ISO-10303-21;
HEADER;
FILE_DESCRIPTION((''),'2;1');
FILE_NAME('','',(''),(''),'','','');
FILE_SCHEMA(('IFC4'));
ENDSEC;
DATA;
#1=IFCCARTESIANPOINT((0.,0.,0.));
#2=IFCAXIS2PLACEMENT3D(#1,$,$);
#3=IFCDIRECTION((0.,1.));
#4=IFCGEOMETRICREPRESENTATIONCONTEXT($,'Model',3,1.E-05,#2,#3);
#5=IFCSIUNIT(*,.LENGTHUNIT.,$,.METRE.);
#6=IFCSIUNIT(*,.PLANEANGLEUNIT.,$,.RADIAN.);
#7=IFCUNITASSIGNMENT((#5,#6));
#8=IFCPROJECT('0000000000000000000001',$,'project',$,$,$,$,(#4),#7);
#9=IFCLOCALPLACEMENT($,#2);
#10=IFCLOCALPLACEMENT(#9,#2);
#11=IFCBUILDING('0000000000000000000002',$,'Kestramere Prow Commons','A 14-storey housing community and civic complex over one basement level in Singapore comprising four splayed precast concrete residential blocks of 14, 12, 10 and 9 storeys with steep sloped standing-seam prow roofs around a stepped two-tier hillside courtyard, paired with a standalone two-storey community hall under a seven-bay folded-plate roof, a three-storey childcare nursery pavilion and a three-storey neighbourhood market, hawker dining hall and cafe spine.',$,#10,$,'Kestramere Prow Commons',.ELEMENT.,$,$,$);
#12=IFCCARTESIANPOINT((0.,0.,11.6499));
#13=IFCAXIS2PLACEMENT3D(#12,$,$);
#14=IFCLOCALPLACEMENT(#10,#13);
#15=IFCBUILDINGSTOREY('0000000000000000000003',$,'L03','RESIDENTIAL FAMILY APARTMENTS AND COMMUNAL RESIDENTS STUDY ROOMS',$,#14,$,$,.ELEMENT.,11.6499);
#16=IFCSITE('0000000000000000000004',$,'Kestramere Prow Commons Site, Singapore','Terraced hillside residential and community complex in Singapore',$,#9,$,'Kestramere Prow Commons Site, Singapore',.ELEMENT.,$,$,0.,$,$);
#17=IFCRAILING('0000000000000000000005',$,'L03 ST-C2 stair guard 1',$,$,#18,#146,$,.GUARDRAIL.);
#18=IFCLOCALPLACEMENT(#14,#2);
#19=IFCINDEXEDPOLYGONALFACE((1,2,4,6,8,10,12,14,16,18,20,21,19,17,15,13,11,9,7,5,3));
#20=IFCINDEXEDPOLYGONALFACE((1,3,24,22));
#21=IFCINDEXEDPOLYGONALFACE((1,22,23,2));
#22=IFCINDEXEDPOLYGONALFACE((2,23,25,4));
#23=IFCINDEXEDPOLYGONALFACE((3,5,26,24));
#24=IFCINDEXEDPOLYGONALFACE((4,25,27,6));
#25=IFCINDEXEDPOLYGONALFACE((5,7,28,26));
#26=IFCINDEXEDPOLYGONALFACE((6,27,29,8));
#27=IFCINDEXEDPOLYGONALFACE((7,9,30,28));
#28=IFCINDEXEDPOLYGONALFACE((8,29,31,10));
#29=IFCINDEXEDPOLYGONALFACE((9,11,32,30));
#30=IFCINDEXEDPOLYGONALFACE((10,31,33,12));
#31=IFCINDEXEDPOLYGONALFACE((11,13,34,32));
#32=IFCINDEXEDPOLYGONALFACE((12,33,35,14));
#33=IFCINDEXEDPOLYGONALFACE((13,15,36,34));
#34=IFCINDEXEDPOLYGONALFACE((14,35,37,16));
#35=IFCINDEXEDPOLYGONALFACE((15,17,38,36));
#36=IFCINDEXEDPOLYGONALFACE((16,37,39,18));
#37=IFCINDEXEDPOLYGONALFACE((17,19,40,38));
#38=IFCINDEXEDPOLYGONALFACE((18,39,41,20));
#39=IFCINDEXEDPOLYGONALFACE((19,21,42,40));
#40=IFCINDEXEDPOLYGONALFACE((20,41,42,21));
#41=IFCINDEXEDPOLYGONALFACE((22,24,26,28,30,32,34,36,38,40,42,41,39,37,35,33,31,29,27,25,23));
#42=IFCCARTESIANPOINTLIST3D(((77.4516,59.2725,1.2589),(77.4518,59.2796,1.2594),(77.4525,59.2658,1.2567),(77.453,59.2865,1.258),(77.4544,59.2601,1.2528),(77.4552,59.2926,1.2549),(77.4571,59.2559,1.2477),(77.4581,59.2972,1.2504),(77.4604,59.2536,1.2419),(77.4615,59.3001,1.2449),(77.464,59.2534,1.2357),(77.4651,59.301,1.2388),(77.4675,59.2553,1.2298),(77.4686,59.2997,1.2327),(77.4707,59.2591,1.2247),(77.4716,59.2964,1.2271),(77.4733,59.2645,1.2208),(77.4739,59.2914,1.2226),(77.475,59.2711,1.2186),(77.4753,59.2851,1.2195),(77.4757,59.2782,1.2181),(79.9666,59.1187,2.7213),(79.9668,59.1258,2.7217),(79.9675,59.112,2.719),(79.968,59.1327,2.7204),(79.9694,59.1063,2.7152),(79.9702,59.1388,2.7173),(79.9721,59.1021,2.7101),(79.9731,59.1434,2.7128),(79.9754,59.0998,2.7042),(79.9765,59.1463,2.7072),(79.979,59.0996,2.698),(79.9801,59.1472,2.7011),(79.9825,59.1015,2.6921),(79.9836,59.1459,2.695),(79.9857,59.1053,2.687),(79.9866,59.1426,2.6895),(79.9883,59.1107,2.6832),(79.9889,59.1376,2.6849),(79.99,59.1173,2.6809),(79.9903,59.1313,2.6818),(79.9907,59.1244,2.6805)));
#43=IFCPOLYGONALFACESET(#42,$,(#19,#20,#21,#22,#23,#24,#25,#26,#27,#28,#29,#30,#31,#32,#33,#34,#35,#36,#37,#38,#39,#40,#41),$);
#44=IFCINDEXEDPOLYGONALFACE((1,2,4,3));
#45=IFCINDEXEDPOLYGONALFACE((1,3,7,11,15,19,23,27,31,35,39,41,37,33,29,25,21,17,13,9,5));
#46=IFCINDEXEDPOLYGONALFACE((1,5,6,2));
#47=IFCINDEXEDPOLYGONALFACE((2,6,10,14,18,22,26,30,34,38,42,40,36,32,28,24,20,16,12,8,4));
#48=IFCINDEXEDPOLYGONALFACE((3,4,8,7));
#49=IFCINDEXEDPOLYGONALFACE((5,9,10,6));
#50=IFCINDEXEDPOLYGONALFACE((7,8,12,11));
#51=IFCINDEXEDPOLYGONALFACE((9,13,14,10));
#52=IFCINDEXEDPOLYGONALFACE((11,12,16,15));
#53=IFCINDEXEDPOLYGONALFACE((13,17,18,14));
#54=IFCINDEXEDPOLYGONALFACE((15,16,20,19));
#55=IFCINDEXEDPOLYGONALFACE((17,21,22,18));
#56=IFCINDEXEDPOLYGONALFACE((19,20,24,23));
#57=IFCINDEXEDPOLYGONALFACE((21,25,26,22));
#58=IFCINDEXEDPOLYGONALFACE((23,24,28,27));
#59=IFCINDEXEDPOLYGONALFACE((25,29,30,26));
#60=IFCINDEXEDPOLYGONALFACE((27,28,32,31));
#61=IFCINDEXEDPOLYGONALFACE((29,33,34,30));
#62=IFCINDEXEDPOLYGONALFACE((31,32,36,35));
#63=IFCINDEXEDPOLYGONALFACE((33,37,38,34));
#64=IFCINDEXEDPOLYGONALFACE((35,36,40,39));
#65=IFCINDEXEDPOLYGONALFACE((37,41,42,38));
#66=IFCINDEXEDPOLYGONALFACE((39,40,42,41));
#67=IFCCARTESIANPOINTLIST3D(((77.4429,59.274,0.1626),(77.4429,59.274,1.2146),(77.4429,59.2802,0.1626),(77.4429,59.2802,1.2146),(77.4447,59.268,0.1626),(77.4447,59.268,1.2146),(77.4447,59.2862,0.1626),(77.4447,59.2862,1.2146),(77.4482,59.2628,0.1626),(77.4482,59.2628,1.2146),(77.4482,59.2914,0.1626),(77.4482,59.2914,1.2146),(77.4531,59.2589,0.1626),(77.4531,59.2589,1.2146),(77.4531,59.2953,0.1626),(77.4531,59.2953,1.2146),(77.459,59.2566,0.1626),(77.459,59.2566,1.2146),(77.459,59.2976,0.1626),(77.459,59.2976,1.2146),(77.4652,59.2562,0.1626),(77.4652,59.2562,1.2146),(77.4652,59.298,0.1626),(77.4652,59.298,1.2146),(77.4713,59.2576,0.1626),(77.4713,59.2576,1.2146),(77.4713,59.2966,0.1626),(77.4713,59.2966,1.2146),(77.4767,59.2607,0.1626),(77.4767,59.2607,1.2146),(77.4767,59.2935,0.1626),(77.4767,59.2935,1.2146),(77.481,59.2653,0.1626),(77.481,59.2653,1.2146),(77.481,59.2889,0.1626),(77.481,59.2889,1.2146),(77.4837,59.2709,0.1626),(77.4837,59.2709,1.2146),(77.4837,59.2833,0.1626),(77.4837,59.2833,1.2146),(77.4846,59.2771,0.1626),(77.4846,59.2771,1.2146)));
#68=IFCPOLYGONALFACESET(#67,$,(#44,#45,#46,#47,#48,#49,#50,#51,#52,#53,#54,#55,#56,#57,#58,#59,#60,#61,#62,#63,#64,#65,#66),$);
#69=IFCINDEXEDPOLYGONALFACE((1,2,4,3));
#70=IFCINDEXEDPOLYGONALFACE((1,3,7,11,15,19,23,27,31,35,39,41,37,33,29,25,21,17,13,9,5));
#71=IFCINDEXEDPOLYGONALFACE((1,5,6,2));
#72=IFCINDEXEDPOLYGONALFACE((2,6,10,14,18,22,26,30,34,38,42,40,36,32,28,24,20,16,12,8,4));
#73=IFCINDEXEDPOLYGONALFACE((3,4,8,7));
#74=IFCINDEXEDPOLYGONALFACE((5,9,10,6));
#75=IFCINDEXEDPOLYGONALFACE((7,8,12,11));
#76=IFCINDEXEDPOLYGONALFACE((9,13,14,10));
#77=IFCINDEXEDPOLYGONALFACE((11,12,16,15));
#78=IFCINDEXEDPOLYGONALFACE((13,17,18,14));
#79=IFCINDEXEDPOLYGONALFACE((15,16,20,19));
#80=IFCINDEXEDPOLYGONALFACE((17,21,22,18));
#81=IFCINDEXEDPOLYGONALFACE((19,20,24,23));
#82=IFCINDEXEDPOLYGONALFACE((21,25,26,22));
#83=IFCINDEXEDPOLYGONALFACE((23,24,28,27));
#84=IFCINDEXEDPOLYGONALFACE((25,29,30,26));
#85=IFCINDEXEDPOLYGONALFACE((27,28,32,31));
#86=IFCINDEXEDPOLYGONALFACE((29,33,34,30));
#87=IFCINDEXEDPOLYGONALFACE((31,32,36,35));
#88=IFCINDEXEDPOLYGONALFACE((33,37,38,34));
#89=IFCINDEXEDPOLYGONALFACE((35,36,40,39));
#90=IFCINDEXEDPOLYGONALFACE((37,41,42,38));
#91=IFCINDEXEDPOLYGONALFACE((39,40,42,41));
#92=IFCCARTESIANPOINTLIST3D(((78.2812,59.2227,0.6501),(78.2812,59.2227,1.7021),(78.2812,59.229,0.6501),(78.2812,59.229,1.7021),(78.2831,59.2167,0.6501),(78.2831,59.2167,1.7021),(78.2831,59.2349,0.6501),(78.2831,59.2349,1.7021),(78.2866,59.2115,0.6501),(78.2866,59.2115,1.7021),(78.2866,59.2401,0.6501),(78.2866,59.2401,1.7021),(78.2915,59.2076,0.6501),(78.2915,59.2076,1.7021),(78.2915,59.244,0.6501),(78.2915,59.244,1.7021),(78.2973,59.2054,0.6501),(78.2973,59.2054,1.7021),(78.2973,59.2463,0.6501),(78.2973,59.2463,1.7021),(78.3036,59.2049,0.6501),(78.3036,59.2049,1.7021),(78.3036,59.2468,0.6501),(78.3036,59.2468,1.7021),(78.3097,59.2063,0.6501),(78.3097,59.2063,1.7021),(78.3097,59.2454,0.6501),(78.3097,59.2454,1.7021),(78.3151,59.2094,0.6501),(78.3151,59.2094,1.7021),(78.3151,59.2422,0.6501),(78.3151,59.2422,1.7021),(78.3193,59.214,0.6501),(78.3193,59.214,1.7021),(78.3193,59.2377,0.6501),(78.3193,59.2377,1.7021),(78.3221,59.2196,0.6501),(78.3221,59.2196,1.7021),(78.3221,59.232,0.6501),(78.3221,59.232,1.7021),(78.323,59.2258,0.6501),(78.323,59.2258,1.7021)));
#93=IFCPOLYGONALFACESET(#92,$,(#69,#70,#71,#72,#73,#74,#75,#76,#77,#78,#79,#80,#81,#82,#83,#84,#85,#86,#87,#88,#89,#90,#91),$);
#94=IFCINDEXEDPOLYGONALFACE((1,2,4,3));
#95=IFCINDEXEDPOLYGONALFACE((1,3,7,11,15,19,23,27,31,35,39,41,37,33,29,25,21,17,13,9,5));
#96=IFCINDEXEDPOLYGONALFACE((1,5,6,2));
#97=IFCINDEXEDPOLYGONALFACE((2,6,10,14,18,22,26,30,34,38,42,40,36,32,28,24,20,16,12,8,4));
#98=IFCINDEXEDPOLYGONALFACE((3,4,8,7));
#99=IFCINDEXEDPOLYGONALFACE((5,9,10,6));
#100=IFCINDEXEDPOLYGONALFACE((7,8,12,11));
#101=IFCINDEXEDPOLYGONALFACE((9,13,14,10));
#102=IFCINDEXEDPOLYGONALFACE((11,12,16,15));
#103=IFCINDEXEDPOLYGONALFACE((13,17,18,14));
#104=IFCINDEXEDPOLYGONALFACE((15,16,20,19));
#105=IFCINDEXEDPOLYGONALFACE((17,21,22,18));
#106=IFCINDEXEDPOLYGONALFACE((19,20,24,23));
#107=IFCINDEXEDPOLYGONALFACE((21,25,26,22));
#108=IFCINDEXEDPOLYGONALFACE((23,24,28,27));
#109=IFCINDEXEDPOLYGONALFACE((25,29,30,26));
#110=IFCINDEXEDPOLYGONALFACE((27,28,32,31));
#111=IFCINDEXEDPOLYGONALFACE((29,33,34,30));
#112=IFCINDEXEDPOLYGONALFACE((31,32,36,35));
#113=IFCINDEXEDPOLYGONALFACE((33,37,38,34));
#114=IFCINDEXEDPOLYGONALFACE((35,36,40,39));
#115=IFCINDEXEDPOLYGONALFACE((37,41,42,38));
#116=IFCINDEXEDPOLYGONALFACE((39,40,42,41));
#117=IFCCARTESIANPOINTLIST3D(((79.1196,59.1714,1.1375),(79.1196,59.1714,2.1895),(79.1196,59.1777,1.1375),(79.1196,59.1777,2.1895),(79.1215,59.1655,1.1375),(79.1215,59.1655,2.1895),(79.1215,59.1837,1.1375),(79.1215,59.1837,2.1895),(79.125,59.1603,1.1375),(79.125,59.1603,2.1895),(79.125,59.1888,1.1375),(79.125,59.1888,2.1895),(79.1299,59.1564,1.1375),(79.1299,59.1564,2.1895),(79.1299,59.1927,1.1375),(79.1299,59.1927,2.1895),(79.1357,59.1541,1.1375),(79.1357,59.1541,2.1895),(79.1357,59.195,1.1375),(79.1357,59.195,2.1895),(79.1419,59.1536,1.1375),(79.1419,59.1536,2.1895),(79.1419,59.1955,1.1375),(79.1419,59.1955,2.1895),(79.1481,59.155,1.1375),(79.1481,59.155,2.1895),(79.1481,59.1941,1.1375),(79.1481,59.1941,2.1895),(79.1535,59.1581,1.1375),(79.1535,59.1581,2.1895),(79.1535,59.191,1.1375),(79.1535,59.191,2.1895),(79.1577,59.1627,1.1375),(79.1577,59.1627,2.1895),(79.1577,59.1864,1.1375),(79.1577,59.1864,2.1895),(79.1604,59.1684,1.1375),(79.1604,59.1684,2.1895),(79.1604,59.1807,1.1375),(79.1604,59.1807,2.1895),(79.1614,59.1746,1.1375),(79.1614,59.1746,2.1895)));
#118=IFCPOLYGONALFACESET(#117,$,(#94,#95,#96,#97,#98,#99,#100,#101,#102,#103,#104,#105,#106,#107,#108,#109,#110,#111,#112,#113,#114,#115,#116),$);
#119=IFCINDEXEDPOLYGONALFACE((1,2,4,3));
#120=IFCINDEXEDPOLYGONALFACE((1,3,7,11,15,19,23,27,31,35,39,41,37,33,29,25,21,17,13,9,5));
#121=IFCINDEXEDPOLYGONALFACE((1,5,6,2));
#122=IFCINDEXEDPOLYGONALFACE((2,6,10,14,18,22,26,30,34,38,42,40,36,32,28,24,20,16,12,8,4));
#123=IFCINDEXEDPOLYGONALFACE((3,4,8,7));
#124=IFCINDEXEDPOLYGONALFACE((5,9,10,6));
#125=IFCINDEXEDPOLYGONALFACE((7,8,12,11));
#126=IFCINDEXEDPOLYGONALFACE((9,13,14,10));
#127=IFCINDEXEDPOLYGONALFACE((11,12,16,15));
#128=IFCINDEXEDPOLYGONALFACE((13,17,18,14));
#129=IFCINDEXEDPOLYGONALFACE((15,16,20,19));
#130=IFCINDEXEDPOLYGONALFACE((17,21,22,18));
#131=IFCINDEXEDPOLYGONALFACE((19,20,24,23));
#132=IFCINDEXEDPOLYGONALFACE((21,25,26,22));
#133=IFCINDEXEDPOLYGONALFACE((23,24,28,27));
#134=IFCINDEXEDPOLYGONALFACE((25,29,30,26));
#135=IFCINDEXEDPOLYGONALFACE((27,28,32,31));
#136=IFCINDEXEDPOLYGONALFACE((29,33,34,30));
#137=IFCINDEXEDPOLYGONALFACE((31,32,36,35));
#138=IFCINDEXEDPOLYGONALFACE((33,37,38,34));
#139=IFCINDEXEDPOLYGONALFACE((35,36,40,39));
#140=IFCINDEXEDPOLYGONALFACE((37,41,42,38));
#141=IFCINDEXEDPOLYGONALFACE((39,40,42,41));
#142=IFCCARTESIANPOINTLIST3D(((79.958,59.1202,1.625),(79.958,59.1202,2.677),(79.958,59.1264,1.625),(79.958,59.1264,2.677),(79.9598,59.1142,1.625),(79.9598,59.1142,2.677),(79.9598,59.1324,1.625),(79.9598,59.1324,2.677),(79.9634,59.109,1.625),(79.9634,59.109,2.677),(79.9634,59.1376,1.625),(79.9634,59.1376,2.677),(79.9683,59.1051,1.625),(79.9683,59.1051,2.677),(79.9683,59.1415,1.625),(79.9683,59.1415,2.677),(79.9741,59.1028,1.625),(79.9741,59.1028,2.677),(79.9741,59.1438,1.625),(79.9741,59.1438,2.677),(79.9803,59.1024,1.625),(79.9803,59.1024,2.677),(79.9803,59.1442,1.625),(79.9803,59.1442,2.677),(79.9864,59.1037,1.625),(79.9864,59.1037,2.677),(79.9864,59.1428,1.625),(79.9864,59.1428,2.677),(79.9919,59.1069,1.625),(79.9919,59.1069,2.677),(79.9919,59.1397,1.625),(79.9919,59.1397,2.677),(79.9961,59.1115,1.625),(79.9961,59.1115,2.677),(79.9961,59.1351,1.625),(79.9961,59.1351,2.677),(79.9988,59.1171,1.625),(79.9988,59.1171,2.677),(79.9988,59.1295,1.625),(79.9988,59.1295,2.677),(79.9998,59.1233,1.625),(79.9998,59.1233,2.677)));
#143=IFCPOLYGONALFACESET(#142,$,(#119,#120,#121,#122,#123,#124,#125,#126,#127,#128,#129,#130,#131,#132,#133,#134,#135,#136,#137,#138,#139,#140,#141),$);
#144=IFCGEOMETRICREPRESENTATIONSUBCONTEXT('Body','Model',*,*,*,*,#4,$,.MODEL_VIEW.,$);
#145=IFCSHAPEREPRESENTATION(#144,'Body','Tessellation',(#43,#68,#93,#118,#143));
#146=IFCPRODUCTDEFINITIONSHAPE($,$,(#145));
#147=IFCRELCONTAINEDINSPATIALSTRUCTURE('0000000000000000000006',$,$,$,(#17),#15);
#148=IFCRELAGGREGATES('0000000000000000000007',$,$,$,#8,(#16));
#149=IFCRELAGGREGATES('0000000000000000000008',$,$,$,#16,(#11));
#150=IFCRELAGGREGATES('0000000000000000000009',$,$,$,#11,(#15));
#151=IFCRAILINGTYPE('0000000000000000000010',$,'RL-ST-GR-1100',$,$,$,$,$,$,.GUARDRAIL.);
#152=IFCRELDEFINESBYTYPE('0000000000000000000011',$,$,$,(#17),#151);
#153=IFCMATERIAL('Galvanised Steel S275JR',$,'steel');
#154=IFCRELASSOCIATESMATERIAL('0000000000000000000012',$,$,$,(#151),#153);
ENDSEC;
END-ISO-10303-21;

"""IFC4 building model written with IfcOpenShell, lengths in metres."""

from ifc_helpers import new_model, si_unit, direction, frame, origin, origin_2d, place, context, subcontext, project, spatial, circle, extrude, material, type_object, element, save


model = new_model("IFC4")

# Units and contexts
model_context = context("Model", 3, precision=1e-05, world=origin(), true_north=direction((0.0, 1.0)))
body_context = subcontext(model_context, "Body", "Model", "MODEL_VIEW")
ifc_project = project(units=[si_unit("LENGTHUNIT", "METRE"), si_unit("PLANEANGLEUNIT", "RADIAN")], contexts=[model_context])

# Site, building, storey
site_placement = place(None, origin())
site = spatial("IfcSite", under=ifc_project, at=site_placement, Name="Kestramere Prow Commons Site, Singapore", Description="Terraced hillside residential and community complex in Singapore", LongName="Kestramere Prow Commons Site, Singapore", CompositionType="ELEMENT", RefElevation=0.0)
building_placement = place(site_placement, origin())
building = spatial("IfcBuilding", under=site, at=building_placement, Name="Kestramere Prow Commons", Description="A 14-storey housing community and civic complex over one basement level in Singapore comprising four splayed precast concrete residential blocks of 14, 12, 10 and 9 storeys with steep sloped standing-seam prow roofs around a stepped two-tier hillside courtyard, paired with a standalone two-storey community hall under a seven-bay folded-plate roof, a three-storey childcare nursery pavilion and a three-storey neighbourhood market, hawker dining hall and cafe spine.", LongName="Kestramere Prow Commons", CompositionType="ELEMENT")
storey_placement = place(building_placement, frame((0.0, 0.0, 11.6499)))
storey = spatial("IfcBuildingStorey", under=building, at=storey_placement, Name="L03", Description="RESIDENTIAL FAMILY APARTMENTS AND COMMUNAL RESIDENTS STUDY ROOMS", CompositionType="ELEMENT", Elevation=11.6499)

# Railing
ifc_material_1 = material(Name="Galvanised Steel S275JR", Category="steel")
railing_type_1 = type_object("IfcRailingType", Name="RL-ST-GR-1100", PredefinedType="GUARDRAIL", material=ifc_material_1)
railing_1_placement = place(storey_placement, frame((77.4636, 59.2771, 0.1626)))
element("IfcRailing", 1, at=railing_1_placement, inside=storey, type_object=railing_type_1, Name="L03 ST-C2 stair guard 1", PredefinedType="GUARDRAIL", context=body_context, shape_type="SweptSolid", body=[
    extrude(circle(Radius=0.0239, at=origin_2d()), frame((0.0, 0.0, 1.0762), z_axis=(0.863285, -0.052793, 0.501949), x_axis=(0.061039, 0.998135, 0.0)), (0.0, 0.0, 1.0), 2.9133),
    extrude(circle(Radius=0.021, at=origin_2d()), origin(), (0.0, 0.0, 1.0), 1.052),
    extrude(circle(Radius=0.021, at=origin_2d()), frame((0.8384, -0.0513, 0.4875)), (0.0, 0.0, 1.0), 1.052),
    extrude(circle(Radius=0.021, at=origin_2d()), frame((1.6768, -0.1025, 0.9749)), (0.0, 0.0, 1.0), 1.052),
    extrude(circle(Radius=0.021, at=origin_2d()), frame((2.5151, -0.1538, 1.4624)), (0.0, 0.0, 1.0), 1.052),
])

save(model, "model.ifc")
